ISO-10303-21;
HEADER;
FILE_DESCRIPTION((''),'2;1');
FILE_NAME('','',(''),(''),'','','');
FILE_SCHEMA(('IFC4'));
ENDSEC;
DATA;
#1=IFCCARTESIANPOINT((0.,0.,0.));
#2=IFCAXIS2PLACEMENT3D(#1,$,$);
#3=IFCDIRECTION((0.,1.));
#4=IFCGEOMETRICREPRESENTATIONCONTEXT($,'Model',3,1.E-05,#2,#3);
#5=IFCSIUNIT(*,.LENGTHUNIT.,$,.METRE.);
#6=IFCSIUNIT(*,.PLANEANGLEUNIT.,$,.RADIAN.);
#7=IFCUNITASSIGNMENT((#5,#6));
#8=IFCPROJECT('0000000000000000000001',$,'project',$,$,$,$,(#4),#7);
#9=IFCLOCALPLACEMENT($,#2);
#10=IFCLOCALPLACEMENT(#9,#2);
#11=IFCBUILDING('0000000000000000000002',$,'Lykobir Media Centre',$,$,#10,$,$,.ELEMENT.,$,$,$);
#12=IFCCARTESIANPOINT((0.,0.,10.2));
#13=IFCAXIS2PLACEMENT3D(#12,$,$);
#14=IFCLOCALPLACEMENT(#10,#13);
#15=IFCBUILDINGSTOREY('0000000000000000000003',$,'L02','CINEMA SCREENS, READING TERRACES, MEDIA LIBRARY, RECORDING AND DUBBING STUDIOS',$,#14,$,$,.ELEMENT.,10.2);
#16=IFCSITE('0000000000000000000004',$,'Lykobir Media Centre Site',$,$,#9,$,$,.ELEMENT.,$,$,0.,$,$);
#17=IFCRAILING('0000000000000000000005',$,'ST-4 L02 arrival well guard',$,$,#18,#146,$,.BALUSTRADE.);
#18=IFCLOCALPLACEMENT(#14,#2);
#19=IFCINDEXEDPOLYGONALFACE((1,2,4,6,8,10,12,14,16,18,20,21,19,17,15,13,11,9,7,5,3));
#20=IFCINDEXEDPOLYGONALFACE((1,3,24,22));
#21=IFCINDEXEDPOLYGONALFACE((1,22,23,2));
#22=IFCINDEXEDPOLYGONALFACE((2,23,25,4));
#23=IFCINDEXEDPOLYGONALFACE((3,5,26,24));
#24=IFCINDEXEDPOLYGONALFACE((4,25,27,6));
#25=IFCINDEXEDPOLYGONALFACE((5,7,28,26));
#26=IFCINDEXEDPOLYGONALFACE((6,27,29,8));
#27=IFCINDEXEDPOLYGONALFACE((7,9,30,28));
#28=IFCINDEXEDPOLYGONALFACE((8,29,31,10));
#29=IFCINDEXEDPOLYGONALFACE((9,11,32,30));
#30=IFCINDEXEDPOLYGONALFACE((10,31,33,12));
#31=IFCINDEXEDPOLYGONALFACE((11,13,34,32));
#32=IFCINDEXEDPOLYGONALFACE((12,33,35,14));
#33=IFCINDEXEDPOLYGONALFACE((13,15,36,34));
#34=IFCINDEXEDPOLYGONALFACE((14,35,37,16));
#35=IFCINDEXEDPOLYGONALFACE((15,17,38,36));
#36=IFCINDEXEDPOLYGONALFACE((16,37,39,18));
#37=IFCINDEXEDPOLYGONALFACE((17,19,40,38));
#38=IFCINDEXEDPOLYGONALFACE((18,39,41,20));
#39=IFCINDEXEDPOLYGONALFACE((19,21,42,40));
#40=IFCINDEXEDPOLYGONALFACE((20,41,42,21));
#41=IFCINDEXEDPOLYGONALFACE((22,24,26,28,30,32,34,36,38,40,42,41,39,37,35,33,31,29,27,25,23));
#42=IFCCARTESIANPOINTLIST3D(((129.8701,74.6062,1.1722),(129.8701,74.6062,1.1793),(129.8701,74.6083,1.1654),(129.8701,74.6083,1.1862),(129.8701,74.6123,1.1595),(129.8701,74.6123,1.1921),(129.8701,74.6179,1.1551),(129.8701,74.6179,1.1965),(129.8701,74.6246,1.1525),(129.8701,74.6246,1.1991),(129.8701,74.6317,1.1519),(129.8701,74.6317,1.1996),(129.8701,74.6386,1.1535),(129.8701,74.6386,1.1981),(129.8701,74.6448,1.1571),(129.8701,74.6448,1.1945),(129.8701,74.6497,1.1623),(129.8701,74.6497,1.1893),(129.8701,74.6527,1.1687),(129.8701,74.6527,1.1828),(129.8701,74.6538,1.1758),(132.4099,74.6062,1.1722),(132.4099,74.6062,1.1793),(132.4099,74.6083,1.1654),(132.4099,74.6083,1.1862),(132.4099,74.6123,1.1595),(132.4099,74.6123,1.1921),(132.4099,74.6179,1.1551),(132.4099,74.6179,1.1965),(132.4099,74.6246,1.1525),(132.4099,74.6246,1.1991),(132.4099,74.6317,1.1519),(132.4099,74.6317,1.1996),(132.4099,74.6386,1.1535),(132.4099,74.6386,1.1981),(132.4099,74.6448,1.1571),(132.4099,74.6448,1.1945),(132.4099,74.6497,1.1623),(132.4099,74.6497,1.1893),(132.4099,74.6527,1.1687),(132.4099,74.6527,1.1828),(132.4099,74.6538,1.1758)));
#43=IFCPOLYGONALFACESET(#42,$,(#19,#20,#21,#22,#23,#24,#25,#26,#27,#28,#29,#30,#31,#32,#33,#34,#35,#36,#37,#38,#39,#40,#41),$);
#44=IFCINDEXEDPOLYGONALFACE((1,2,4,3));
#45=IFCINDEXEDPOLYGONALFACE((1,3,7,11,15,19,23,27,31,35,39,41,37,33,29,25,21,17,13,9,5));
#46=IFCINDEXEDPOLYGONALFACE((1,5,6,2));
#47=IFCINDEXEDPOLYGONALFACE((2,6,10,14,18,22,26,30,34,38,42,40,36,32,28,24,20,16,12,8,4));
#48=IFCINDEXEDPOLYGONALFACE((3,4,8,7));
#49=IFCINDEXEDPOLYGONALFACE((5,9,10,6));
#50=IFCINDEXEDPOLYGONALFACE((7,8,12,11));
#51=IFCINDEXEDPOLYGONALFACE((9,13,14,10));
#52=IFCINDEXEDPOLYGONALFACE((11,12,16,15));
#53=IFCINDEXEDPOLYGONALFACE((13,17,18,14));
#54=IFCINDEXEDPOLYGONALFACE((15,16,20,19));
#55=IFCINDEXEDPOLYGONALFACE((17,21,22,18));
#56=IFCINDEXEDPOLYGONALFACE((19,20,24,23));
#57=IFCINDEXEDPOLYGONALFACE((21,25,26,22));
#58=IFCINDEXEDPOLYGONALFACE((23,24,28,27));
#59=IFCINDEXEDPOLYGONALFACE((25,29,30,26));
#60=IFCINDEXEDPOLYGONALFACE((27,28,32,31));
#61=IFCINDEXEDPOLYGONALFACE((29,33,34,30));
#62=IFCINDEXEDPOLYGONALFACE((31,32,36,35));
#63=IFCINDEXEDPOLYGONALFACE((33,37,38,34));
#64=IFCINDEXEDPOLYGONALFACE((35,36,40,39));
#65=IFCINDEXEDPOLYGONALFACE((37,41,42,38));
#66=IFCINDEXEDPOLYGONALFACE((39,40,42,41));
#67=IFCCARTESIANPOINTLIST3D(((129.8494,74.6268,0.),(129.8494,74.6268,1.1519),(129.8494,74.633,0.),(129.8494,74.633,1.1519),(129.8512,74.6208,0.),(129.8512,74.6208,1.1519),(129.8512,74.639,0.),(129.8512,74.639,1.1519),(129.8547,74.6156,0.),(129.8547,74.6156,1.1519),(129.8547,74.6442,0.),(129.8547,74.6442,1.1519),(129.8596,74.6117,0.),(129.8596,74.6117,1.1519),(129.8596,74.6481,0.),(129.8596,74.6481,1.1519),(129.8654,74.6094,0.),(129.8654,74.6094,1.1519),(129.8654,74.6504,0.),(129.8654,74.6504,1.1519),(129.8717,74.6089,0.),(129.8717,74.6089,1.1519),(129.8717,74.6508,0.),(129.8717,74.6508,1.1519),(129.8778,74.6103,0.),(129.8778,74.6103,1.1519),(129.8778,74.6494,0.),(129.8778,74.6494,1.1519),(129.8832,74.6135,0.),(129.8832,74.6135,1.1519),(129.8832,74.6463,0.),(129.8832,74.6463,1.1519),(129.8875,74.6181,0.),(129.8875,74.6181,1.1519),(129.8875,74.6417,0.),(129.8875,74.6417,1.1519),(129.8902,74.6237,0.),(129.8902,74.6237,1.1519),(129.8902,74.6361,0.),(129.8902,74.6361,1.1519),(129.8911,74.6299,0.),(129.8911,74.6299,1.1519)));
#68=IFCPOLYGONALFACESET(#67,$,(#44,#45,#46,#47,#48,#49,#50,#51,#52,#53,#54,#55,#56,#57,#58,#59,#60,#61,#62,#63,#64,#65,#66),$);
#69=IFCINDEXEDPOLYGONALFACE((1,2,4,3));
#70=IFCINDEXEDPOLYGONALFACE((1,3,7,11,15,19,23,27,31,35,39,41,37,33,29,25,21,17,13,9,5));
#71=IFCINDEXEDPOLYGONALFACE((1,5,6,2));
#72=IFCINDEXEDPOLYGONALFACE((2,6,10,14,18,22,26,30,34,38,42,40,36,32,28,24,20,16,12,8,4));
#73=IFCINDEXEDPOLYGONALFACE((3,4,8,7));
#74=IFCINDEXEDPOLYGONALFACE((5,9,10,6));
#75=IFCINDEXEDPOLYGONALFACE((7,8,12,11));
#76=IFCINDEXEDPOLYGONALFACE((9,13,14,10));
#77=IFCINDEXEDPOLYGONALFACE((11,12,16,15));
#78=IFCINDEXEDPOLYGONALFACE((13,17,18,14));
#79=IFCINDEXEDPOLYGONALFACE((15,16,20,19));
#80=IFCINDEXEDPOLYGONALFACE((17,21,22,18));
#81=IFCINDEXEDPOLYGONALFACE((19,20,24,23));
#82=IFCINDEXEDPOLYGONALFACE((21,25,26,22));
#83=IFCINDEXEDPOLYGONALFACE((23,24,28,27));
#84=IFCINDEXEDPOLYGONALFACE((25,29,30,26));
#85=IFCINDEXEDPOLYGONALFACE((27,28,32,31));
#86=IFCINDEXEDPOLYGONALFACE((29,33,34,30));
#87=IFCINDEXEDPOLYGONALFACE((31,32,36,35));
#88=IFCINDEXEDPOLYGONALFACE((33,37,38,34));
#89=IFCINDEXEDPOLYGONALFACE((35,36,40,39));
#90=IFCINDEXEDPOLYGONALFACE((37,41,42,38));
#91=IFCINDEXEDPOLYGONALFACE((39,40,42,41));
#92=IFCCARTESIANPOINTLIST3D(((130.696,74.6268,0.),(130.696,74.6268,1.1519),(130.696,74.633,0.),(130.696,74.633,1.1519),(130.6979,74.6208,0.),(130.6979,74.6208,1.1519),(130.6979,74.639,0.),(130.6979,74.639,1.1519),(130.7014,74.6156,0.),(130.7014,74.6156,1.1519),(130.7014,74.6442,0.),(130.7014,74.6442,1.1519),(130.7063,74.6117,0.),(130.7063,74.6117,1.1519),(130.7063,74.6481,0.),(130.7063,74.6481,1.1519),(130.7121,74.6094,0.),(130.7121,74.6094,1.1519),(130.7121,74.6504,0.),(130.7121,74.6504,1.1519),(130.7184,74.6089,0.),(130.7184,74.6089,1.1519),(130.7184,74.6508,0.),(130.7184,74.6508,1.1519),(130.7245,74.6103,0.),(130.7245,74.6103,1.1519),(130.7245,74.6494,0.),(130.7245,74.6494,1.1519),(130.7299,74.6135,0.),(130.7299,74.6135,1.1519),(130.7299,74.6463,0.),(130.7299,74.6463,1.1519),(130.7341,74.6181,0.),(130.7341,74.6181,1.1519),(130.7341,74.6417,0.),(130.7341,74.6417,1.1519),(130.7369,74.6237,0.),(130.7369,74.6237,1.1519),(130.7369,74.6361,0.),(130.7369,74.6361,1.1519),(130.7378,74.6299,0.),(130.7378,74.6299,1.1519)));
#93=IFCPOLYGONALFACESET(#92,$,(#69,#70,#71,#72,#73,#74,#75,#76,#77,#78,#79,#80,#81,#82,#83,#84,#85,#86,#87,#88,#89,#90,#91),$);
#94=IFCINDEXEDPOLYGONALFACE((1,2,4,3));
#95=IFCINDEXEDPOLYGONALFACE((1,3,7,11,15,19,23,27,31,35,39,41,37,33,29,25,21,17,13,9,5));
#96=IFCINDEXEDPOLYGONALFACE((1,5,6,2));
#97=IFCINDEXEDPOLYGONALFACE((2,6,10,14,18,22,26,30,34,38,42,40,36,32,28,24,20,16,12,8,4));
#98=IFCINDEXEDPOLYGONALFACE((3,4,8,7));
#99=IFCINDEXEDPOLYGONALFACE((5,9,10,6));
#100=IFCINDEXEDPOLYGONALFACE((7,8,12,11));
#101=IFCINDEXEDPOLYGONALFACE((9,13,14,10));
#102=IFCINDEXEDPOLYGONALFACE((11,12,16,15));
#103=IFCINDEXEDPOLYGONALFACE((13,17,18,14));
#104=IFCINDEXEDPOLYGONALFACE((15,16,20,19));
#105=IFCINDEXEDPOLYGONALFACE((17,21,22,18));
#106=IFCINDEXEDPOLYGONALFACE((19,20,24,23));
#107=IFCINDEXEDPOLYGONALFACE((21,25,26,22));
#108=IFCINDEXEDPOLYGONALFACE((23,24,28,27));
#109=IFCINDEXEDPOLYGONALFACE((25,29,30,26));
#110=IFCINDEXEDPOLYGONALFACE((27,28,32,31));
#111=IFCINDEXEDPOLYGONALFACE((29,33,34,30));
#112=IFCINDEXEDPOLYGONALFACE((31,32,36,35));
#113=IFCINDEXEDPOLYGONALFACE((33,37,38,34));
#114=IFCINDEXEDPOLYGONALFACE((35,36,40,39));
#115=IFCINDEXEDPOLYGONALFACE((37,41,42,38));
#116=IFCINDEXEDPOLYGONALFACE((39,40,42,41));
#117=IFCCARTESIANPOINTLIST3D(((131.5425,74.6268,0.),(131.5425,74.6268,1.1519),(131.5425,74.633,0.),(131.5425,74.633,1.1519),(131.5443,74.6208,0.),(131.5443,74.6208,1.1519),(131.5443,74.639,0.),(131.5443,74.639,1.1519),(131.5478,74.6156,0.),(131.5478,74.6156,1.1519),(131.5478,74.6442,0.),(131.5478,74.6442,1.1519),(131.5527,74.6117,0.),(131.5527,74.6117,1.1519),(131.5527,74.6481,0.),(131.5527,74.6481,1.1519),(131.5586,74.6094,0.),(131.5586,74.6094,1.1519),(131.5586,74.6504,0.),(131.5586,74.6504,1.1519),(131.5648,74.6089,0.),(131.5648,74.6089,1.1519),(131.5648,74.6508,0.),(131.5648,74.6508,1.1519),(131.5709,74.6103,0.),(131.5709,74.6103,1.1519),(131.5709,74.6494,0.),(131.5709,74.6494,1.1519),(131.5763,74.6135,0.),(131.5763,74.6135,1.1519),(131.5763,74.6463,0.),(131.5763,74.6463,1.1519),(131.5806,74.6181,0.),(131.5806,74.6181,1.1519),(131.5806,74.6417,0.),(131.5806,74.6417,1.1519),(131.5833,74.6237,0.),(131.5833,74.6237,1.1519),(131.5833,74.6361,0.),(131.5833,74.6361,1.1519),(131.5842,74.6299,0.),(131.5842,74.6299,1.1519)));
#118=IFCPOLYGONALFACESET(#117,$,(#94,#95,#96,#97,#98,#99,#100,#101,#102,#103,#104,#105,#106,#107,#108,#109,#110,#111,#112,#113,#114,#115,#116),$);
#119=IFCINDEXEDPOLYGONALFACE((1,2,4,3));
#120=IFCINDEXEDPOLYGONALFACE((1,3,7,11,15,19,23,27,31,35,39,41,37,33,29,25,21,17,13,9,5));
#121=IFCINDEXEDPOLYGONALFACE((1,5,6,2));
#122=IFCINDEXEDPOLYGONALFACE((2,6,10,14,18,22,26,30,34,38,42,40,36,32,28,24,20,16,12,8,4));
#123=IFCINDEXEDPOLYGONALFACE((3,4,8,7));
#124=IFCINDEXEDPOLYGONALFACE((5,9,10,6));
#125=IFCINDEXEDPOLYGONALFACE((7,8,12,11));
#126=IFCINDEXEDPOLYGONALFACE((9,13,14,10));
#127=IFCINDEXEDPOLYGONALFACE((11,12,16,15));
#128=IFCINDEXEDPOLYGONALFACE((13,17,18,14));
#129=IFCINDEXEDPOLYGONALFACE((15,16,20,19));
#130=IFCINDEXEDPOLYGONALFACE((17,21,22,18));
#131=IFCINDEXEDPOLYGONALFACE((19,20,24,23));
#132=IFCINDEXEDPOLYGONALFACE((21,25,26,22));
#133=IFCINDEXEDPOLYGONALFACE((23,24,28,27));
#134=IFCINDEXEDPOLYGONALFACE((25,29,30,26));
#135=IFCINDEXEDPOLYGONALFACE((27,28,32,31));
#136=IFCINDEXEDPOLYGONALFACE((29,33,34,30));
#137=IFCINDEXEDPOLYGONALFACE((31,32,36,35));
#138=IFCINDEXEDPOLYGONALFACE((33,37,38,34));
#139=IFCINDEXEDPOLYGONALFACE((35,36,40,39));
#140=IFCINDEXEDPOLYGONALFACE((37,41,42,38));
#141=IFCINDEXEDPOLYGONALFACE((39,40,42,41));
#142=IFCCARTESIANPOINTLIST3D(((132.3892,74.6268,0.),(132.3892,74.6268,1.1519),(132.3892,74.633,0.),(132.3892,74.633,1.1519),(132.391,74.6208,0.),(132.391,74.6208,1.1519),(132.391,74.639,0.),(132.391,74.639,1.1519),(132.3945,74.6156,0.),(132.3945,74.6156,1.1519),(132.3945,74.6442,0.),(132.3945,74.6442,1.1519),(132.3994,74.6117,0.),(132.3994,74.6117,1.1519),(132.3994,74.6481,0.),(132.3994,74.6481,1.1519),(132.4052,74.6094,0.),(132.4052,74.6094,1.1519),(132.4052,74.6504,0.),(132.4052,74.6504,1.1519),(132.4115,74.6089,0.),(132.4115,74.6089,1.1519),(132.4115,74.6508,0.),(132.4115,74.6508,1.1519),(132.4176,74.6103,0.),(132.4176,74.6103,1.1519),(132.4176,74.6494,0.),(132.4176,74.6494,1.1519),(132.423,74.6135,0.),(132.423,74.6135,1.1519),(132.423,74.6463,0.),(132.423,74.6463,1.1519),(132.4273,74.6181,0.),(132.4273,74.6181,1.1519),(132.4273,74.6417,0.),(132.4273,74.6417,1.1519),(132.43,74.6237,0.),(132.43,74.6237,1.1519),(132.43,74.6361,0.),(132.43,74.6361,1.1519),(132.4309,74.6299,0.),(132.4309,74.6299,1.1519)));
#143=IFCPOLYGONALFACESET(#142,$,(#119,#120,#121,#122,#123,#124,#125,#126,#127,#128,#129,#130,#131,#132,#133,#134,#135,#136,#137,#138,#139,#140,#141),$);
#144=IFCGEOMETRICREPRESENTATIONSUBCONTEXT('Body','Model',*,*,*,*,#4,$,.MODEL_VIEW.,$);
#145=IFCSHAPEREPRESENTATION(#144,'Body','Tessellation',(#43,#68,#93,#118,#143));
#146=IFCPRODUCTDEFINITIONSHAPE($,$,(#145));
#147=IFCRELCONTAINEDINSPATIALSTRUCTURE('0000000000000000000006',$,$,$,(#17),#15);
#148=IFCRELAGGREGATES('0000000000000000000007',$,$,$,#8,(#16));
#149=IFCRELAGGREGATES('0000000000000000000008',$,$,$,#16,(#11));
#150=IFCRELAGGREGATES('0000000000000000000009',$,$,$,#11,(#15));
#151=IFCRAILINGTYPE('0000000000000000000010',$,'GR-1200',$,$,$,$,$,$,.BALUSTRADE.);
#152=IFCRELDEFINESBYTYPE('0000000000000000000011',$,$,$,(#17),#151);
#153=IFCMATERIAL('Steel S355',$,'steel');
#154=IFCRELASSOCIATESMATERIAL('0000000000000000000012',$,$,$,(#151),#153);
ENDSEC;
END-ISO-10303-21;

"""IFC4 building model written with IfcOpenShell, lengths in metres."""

from ifc_helpers import new_model, si_unit, direction, frame, origin, origin_2d, place, context, subcontext, project, spatial, circle, extrude, material, type_object, element, save


model = new_model("IFC4")

# Units and contexts
model_context = context("Model", 3, precision=1e-05, world=origin(), true_north=direction((0.0, 1.0)))
body_context = subcontext(model_context, "Body", "Model", "MODEL_VIEW")
ifc_project = project(units=[si_unit("LENGTHUNIT", "METRE"), si_unit("PLANEANGLEUNIT", "RADIAN")], contexts=[model_context])

# Site, building, storey
site_placement = place(None, origin())
site = spatial("IfcSite", under=ifc_project, at=site_placement, Name="Lykobir Media Centre Site", CompositionType="ELEMENT", RefElevation=0.0)
building_placement = place(site_placement, origin())
building = spatial("IfcBuilding", under=site, at=building_placement, Name="Lykobir Media Centre", CompositionType="ELEMENT")
storey_placement = place(building_placement, frame((0.0, 0.0, 10.2)))
storey = spatial("IfcBuildingStorey", under=building, at=storey_placement, Name="L02", Description="CINEMA SCREENS, READING TERRACES, MEDIA LIBRARY, RECORDING AND DUBBING STUDIOS", CompositionType="ELEMENT", Elevation=10.2)

# Shared definitions
ifc_material_1 = material(Name="Steel S355", Category="steel")

# Railing
railing_type_1 = type_object("IfcRailingType", Name="GR-1200", PredefinedType="BALUSTRADE", material=ifc_material_1)
railing_1_placement = place(storey_placement, frame((129.8701, 74.6299, 0.0)))
element("IfcRailing", 1, at=railing_1_placement, inside=storey, type_object=railing_type_1, Name="ST-4 L02 arrival well guard", PredefinedType="BALUSTRADE", context=body_context, shape_type="SweptSolid", body=[
    extrude(circle(Radius=0.0239, at=origin_2d()), frame((0.0, 0.0, 1.1758), z_axis=(1.0, 0.0, 0.0), x_axis=(0.0, 1.0, 0.0)), (0.0, 0.0, 1.0), 2.5398),
    extrude(circle(Radius=0.021, at=origin_2d()), origin(), (0.0, 0.0, 1.0), 1.1519),
    extrude(circle(Radius=0.021, at=origin_2d()), frame((0.8467, 0.0, 0.0)), (0.0, 0.0, 1.0), 1.1519),
    extrude(circle(Radius=0.021, at=origin_2d()), frame((1.6931, 0.0, 0.0)), (0.0, 0.0, 1.0), 1.1519),
    extrude(circle(Radius=0.021, at=origin_2d()), frame((2.5398, 0.0, 0.0)), (0.0, 0.0, 1.0), 1.1519),
])

save(model, "model.ifc")
